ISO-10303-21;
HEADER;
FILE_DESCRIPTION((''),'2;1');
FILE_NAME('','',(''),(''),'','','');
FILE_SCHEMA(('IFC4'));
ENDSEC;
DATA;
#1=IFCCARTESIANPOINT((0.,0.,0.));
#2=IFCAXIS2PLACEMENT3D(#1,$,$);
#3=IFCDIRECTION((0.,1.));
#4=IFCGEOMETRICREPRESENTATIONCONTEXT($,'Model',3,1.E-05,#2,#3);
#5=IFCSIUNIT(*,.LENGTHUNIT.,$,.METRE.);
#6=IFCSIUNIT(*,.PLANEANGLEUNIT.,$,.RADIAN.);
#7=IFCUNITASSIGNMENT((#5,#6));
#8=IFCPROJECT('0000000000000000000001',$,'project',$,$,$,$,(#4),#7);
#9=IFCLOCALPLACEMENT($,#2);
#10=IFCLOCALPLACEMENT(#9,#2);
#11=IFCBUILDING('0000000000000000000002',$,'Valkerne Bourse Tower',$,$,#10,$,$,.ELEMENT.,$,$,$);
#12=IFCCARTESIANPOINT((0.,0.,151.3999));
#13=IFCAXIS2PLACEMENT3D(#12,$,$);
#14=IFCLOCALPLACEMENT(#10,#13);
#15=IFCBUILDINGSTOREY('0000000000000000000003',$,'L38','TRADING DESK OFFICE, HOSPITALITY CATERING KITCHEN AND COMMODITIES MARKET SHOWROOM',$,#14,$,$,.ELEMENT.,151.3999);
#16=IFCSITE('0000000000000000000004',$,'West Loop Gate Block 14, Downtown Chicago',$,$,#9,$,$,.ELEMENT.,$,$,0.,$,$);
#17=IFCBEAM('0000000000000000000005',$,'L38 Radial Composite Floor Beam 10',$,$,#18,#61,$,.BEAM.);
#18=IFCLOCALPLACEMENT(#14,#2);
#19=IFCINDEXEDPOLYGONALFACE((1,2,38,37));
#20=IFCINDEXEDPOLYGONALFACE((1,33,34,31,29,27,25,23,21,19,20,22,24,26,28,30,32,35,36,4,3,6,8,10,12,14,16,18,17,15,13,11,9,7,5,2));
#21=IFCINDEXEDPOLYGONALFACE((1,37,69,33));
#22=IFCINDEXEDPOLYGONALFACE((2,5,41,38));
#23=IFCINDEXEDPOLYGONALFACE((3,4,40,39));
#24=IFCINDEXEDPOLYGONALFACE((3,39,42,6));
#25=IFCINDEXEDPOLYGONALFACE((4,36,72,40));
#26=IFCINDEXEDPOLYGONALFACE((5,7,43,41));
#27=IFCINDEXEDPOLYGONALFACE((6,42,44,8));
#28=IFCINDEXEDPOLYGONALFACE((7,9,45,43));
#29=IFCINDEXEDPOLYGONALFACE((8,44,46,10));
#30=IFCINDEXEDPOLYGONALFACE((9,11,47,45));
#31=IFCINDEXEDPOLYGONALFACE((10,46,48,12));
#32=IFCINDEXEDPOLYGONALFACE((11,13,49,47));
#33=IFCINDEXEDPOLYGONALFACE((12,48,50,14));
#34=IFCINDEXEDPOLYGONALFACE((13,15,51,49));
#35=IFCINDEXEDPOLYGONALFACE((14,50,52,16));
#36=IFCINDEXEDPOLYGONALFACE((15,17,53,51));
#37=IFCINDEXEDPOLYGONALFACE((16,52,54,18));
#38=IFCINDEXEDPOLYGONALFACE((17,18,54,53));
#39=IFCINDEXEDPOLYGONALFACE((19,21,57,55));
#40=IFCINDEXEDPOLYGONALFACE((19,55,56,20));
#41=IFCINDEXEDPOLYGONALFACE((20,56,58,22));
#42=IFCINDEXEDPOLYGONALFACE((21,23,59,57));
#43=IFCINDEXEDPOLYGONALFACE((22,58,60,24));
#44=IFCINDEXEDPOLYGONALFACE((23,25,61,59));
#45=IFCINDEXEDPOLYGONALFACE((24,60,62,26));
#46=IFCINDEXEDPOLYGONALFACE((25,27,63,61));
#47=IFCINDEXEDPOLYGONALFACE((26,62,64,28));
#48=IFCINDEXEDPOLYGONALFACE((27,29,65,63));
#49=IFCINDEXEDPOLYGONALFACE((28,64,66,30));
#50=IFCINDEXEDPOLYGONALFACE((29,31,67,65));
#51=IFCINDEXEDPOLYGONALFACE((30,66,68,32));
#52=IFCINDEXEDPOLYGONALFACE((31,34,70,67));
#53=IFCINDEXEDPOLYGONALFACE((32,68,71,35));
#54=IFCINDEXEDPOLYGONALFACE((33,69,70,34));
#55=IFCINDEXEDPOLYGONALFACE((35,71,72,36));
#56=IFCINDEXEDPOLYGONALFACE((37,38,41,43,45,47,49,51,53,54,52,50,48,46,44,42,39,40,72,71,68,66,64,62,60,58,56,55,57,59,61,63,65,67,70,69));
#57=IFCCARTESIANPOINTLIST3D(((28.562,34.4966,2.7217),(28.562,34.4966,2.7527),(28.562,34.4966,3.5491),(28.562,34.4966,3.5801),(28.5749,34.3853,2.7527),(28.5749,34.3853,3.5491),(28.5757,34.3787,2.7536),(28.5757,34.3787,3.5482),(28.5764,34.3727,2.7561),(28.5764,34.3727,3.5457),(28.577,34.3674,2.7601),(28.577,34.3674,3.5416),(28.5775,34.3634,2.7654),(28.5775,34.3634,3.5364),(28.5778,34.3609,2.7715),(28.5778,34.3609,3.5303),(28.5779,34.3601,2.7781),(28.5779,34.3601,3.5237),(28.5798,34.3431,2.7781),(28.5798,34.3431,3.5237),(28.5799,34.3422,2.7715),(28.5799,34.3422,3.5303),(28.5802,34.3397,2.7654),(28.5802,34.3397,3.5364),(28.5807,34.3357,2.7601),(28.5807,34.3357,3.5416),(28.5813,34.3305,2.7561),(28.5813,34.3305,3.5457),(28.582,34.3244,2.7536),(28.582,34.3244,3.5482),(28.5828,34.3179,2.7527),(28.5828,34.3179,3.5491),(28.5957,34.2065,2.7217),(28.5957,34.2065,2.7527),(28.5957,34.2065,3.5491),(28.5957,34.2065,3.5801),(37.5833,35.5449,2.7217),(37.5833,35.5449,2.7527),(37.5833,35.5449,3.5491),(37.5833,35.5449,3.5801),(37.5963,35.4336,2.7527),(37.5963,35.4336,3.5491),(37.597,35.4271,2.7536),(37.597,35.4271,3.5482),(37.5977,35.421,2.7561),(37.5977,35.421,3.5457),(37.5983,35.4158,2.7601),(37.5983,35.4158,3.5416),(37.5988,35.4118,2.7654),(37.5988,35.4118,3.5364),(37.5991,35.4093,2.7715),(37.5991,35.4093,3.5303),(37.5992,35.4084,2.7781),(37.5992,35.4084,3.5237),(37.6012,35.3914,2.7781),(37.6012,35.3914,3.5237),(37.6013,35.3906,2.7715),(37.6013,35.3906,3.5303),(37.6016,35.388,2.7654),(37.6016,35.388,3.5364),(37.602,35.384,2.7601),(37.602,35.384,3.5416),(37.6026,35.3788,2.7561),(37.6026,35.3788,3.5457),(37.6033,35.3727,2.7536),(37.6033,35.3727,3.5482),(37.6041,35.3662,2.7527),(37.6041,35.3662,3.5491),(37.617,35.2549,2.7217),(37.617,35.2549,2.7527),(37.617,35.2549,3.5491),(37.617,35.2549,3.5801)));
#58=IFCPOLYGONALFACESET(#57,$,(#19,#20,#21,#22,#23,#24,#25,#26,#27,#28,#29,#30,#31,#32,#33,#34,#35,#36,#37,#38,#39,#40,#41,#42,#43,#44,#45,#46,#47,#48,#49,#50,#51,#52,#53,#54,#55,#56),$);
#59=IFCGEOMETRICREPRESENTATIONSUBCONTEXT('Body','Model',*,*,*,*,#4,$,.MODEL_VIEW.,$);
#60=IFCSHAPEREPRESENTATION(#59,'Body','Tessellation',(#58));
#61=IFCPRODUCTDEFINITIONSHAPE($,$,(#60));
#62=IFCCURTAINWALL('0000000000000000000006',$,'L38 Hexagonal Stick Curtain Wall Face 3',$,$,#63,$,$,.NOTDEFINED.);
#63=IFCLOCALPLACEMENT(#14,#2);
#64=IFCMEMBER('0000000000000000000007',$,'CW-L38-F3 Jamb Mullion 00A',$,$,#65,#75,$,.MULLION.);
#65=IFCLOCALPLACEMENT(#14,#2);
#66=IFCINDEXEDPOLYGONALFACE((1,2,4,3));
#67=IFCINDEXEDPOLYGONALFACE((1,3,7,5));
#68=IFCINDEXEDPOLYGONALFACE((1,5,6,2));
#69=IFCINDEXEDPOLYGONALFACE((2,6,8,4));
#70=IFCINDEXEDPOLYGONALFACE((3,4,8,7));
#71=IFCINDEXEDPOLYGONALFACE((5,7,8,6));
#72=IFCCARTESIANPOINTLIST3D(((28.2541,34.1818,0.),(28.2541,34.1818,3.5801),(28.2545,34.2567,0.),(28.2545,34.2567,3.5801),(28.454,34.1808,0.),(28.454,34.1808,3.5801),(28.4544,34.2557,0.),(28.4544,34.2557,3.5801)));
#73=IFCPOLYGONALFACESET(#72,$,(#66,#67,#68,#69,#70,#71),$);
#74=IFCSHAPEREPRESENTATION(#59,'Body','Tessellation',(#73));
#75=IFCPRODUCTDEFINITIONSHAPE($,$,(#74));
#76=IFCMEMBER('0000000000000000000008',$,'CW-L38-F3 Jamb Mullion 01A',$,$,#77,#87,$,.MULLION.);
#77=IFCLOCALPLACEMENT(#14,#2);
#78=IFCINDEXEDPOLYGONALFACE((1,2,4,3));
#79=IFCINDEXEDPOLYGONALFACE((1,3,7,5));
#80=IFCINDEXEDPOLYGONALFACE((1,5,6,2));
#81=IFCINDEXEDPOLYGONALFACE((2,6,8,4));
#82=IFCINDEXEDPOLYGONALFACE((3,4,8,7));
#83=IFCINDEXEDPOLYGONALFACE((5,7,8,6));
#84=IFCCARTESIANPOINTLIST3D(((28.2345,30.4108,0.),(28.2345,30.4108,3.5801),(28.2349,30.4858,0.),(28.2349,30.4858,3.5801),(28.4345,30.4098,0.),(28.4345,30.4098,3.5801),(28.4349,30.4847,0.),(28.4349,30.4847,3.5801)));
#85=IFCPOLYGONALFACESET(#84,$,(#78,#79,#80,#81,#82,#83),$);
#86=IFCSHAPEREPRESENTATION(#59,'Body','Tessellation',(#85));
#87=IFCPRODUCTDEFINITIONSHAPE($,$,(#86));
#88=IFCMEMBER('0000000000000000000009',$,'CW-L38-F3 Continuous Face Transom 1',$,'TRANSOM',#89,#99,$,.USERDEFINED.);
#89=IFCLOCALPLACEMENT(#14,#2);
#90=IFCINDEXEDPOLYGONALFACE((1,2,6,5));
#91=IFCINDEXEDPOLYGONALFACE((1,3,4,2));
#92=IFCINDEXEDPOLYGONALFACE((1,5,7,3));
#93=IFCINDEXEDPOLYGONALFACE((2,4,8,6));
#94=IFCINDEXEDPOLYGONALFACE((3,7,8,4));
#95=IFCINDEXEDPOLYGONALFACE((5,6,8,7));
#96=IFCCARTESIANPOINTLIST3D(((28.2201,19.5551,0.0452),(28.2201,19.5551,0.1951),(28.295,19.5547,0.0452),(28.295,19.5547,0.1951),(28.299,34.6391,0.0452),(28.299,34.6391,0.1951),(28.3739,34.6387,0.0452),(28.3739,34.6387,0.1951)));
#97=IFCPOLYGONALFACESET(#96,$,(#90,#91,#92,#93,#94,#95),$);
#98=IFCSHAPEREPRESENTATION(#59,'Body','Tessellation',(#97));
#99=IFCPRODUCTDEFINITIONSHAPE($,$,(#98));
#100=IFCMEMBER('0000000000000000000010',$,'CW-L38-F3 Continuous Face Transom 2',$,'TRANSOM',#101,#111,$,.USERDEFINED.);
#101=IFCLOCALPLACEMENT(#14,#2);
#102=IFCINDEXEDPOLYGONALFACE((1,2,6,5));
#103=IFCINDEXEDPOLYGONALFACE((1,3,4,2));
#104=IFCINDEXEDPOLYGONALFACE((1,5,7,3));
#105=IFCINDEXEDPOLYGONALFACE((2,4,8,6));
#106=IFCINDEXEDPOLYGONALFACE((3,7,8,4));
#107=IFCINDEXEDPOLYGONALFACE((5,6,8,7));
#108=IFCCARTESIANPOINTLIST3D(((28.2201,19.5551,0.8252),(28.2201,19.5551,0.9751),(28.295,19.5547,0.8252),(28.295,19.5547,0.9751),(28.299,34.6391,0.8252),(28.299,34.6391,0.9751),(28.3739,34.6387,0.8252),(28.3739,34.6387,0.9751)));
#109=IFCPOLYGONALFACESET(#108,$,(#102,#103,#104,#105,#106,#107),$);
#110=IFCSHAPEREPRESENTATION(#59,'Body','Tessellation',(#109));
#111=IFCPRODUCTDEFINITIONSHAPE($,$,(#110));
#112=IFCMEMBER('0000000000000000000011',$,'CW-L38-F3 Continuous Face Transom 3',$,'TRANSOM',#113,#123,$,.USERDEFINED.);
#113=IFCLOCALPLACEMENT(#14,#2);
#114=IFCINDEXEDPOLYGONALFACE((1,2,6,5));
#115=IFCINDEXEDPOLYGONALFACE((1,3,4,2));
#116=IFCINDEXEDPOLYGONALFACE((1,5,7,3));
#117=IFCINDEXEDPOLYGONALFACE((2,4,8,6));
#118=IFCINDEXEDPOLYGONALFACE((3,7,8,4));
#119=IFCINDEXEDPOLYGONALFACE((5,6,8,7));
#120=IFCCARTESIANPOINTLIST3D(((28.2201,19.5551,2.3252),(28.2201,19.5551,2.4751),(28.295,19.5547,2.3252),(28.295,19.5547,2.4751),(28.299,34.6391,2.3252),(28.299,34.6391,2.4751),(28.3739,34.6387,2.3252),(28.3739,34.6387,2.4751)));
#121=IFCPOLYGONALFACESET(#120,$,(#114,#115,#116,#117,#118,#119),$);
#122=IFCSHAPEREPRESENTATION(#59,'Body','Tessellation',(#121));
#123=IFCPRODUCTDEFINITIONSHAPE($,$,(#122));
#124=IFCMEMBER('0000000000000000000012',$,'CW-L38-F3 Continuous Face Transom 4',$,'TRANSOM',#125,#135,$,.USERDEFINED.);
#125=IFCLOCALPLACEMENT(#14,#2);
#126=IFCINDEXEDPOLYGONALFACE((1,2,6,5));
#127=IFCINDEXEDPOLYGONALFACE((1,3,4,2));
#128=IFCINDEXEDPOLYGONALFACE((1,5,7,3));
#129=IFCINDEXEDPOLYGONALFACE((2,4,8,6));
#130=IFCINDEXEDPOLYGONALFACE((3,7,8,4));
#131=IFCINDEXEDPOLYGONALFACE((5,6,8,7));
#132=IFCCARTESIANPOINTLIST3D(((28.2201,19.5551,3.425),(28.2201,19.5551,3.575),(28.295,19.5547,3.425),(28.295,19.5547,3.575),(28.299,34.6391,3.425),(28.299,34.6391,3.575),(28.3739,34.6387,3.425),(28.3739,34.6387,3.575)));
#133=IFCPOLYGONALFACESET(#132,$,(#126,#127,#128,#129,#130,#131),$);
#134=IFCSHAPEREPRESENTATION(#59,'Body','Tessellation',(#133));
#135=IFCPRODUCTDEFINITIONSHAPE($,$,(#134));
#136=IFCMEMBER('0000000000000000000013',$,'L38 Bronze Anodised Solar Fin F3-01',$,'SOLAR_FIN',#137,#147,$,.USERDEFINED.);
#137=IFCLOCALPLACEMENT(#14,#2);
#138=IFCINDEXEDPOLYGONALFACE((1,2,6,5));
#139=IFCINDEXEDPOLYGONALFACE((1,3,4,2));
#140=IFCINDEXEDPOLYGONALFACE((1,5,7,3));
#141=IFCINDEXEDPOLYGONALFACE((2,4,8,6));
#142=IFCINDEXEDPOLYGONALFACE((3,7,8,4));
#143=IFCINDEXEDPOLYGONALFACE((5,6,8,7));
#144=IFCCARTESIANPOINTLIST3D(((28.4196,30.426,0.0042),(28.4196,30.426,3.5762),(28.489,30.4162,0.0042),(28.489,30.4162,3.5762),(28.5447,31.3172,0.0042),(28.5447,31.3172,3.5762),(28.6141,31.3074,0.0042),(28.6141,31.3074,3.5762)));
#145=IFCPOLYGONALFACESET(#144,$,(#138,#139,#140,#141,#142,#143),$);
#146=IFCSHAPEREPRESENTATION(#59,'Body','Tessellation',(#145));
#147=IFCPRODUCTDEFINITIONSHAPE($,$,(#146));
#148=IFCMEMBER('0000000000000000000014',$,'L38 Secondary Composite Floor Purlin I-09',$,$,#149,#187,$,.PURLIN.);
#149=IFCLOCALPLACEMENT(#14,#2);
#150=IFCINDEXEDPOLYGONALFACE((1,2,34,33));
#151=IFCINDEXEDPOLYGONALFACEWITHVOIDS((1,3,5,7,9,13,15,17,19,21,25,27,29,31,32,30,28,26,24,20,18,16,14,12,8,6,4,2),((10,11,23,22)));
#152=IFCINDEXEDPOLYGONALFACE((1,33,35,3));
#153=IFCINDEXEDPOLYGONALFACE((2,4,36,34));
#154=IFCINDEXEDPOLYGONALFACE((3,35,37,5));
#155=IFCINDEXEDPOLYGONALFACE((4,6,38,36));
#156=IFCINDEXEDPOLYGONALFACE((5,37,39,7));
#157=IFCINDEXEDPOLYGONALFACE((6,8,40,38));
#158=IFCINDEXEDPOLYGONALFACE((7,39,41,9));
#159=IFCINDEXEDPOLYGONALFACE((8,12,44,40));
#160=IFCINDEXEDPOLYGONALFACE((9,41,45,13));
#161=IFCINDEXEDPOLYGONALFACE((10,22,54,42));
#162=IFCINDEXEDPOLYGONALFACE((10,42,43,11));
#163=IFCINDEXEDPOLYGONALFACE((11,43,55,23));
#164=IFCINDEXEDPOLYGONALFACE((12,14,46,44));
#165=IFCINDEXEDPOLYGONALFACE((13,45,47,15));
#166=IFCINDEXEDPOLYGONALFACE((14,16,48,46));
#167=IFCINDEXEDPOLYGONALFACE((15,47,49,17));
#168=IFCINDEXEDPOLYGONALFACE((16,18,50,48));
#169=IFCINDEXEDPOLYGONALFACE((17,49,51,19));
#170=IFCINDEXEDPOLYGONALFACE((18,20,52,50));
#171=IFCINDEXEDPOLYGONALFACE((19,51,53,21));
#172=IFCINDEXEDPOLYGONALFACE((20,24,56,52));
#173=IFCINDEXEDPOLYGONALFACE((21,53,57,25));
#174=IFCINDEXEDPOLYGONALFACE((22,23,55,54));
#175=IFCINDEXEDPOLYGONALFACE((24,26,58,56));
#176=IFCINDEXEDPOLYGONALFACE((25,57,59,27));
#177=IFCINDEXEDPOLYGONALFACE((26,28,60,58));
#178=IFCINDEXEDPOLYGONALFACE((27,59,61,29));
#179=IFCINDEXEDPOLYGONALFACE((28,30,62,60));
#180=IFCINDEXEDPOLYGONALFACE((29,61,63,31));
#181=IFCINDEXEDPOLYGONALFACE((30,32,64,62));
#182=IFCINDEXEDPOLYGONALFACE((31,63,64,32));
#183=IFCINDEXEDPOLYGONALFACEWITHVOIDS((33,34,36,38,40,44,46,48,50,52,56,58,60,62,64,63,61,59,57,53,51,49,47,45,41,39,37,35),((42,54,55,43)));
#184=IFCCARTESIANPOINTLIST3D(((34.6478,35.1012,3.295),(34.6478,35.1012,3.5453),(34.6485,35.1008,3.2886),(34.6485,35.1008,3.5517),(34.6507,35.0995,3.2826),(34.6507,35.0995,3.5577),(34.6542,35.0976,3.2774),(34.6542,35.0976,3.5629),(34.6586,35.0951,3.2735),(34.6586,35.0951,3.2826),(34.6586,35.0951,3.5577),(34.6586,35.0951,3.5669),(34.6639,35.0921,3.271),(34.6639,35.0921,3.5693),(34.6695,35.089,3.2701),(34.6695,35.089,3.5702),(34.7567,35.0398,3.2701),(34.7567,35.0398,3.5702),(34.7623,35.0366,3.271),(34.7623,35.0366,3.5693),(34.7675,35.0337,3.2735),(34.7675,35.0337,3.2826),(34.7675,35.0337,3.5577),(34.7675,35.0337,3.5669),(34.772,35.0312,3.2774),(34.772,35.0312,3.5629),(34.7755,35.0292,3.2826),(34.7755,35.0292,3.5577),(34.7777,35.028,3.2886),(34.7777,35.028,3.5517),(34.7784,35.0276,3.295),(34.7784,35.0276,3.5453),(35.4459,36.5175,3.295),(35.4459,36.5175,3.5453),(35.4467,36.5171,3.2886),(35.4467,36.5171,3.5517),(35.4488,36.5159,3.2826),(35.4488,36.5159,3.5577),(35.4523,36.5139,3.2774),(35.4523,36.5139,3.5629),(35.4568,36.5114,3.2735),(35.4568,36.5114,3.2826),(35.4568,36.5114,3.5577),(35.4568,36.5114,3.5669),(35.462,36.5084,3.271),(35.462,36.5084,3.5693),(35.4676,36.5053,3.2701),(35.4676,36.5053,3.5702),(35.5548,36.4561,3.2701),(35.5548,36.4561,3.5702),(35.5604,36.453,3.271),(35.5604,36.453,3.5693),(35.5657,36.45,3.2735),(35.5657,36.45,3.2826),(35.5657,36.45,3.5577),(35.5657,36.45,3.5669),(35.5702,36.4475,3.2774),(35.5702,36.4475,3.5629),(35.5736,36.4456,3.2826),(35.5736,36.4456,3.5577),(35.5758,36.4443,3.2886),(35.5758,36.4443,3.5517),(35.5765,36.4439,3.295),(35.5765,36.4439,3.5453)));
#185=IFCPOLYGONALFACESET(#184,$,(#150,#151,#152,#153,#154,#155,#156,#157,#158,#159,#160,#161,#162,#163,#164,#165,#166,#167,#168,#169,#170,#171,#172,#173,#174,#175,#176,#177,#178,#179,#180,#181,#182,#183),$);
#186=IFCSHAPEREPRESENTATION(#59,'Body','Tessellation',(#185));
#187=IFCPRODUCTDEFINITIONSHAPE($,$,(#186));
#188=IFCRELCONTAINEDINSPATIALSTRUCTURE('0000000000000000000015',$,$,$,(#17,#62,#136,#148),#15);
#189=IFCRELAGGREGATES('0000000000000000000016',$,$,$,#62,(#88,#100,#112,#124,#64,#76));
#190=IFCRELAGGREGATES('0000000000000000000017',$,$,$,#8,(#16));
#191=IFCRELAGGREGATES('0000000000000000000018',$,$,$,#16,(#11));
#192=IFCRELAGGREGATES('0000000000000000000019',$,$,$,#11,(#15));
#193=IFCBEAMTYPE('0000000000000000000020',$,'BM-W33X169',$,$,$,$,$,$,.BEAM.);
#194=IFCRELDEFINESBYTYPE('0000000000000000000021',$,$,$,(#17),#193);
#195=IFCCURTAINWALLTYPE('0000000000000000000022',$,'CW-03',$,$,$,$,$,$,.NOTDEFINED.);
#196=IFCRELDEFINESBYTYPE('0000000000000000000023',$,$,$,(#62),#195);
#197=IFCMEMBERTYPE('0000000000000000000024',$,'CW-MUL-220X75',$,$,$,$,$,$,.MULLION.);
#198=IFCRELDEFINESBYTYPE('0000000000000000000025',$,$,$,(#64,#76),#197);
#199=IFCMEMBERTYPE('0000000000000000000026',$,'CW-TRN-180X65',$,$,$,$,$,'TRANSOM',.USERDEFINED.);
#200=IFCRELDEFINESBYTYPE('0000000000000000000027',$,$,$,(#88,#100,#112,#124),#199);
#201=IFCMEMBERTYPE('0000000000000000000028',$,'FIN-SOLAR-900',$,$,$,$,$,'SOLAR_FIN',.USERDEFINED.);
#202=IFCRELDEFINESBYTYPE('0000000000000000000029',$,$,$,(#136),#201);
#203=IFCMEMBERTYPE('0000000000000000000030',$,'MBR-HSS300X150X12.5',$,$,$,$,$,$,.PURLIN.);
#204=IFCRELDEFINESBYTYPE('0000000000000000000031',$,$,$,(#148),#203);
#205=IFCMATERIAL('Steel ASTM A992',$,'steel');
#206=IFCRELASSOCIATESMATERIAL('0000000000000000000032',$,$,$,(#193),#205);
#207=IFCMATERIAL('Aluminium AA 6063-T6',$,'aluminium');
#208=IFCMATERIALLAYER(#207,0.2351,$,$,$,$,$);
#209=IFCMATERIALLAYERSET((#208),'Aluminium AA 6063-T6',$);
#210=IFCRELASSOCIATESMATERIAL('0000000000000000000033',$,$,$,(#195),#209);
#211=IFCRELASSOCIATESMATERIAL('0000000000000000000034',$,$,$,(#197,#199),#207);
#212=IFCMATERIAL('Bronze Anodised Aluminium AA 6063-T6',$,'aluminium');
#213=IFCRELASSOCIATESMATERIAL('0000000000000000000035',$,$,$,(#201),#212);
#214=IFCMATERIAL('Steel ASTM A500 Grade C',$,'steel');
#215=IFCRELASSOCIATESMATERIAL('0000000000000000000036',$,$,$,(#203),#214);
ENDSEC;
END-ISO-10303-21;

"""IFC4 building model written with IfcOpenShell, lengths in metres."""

from ifc_helpers import new_model, si_unit, direction, frame, origin, origin_2d, place, context, subcontext, project, spatial, rectangle, hollow_rectangle, i_section, extrude, material, layer, layer_set, material_profile, profile_set, type_object, element, aggregate, save


model = new_model("IFC4")

# Units and contexts
model_context = context("Model", 3, precision=1e-05, world=origin(), true_north=direction((0.0, 1.0)))
body_context = subcontext(model_context, "Body", "Model", "MODEL_VIEW")
ifc_project = project(units=[si_unit("LENGTHUNIT", "METRE"), si_unit("PLANEANGLEUNIT", "RADIAN")], contexts=[model_context])

# Site, building, storey
site_placement = place(None, origin())
site = spatial("IfcSite", under=ifc_project, at=site_placement, Name="West Loop Gate Block 14, Downtown Chicago", CompositionType="ELEMENT", RefElevation=0.0)
building_placement = place(site_placement, origin())
building = spatial("IfcBuilding", under=site, at=building_placement, Name="Valkerne Bourse Tower", CompositionType="ELEMENT")
storey_placement = place(building_placement, frame((0.0, 0.0, 151.3999)))
storey = spatial("IfcBuildingStorey", under=building, at=storey_placement, Name="L38", Description="TRADING DESK OFFICE, HOSPITALITY CATERING KITCHEN AND COMMODITIES MARKET SHOWROOM", CompositionType="ELEMENT", Elevation=151.3999)

# Beam
ifc_material_1 = material(Name="Steel ASTM A992", Category="steel")
ifc_material_profile_1 = material_profile(ifc_material_1, i_section(OverallWidth=0.292, OverallDepth=0.8584, WebThickness=0.0171, FlangeThickness=0.031, FilletRadius=0.0254, at=origin_2d()), Name="W33X169")
ifc_profile_set_1 = profile_set([ifc_material_profile_1], Name="Steel ASTM A992")
beam_type_1 = type_object("IfcBeamType", Name="BM-W33X169", PredefinedType="BEAM", material=ifc_profile_set_1)
beam_placement = place(storey_placement, frame((28.5789, 34.3516, 3.1509), z_axis=(0.993315, 0.115431, 0.0), x_axis=(-0.115431, 0.993315, 0.0)))
element("IfcBeam", 1, at=beam_placement, inside=storey, type_object=beam_type_1, Name="L38 Radial Composite Floor Beam 10", PredefinedType="BEAM", context=body_context, shape_type="SweptSolid", body=[
    extrude(i_section(OverallWidth=0.292, OverallDepth=0.8584, WebThickness=0.0171, FlangeThickness=0.031, FilletRadius=0.0254, at=origin_2d()), origin(), (0.0, 0.0, 1.0), 9.082),
])

# Curtain wall, members
ifc_material_2 = material(Name="Aluminium AA 6063-T6", Category="aluminium")
ifc_layer_1 = layer(ifc_material_2, 0.2351)
ifc_layer_set_1 = layer_set([ifc_layer_1], Name="Aluminium AA 6063-T6")
curtain_wall_type = type_object("IfcCurtainWallType", Name="CW-03", PredefinedType="NOTDEFINED", material=ifc_layer_set_1)
curtain_wall_placement = place(storey_placement, origin())
curtain_wall = element("IfcCurtainWall", 2, at=curtain_wall_placement, inside=storey, type_object=curtain_wall_type, Name="L38 Hexagonal Stick Curtain Wall Face 3", PredefinedType="NOTDEFINED")
ifc_material_profile_2 = material_profile(ifc_material_2, rectangle(XDim=0.075, YDim=0.2, at=origin_2d()), Name="CWM-75X200")
ifc_profile_set_2 = profile_set([ifc_material_profile_2], Name="Aluminium AA 6063-T6")
member_type_1 = type_object("IfcMemberType", Name="CW-MUL-220X75", PredefinedType="MULLION", material=ifc_profile_set_2)
member_1_placement = place(storey_placement, frame((28.3542, 34.2188, 0.0), z_axis=(0.0, 0.0, 1.0), x_axis=(-0.005224, -0.999986, 0.0)))
member_1 = element("IfcMember", 3, at=member_1_placement, type_object=member_type_1, Name="CW-L38-F3 Jamb Mullion 00A", PredefinedType="MULLION", context=body_context, shape_type="SweptSolid", body=[
    extrude(rectangle(XDim=0.075, YDim=0.2, at=origin_2d()), origin(), (0.0, 0.0, 1.0), 3.5801),
])
member_2_placement = place(storey_placement, frame((28.3347, 30.4478, 0.0), z_axis=(0.0, 0.0, 1.0), x_axis=(-0.005251, -0.999986, 0.0)))
member_2 = element("IfcMember", 4, at=member_2_placement, type_object=member_type_1, Name="CW-L38-F3 Jamb Mullion 01A", PredefinedType="MULLION", context=body_context, shape_type="SweptSolid", body=[
    extrude(rectangle(XDim=0.075, YDim=0.2, at=origin_2d()), origin(), (0.0, 0.0, 1.0), 3.5801),
])
ifc_material_profile_3 = material_profile(ifc_material_2, rectangle(XDim=0.075, YDim=0.1499, at=origin_2d()), Name="CWT-75X150")
ifc_profile_set_3 = profile_set([ifc_material_profile_3], Name="Aluminium AA 6063-T6")
member_type_2 = type_object("IfcMemberType", Name="CW-TRN-180X65", ElementType="TRANSOM", PredefinedType="USERDEFINED", material=ifc_profile_set_3)
member_3_placement = place(storey_placement, frame((28.3364, 34.6389, 0.1201), z_axis=(-0.005228, -0.999986, 0.0), x_axis=(0.999986, -0.005228, 0.0)))
member_3 = element("IfcMember", 5, at=member_3_placement, type_object=member_type_2, Name="CW-L38-F3 Continuous Face Transom 1", ObjectType="TRANSOM", PredefinedType="USERDEFINED", context=body_context, shape_type="SweptSolid", body=[
    extrude(rectangle(XDim=0.075, YDim=0.1499, at=origin_2d()), origin(), (0.0, 0.0, 1.0), 15.0842),
])
member_4_placement = place(storey_placement, frame((28.3364, 34.6389, 0.9001), z_axis=(-0.005228, -0.999986, 0.0), x_axis=(0.999986, -0.005228, 0.0)))
member_4 = element("IfcMember", 6, at=member_4_placement, type_object=member_type_2, Name="CW-L38-F3 Continuous Face Transom 2", ObjectType="TRANSOM", PredefinedType="USERDEFINED", context=body_context, shape_type="SweptSolid", body=[
    extrude(rectangle(XDim=0.075, YDim=0.1499, at=origin_2d()), origin(), (0.0, 0.0, 1.0), 15.0842),
])
member_5_placement = place(storey_placement, frame((28.3364, 34.6389, 2.4001), z_axis=(-0.005228, -0.999986, 0.0), x_axis=(0.999986, -0.005228, 0.0)))
member_5 = element("IfcMember", 7, at=member_5_placement, type_object=member_type_2, Name="CW-L38-F3 Continuous Face Transom 3", ObjectType="TRANSOM", PredefinedType="USERDEFINED", context=body_context, shape_type="SweptSolid", body=[
    extrude(rectangle(XDim=0.075, YDim=0.1499, at=origin_2d()), origin(), (0.0, 0.0, 1.0), 15.0842),
])
member_6_placement = place(storey_placement, frame((28.3364, 34.6389, 3.5), z_axis=(-0.005228, -0.999986, 0.0), x_axis=(0.999986, -0.005228, 0.0)))
member_6 = element("IfcMember", 8, at=member_6_placement, type_object=member_type_2, Name="CW-L38-F3 Continuous Face Transom 4", ObjectType="TRANSOM", PredefinedType="USERDEFINED", context=body_context, shape_type="SweptSolid", body=[
    extrude(rectangle(XDim=0.075, YDim=0.1499, at=origin_2d()), origin(), (0.0, 0.0, 1.0), 15.0842),
])

# Members
ifc_material_3 = material(Name="Bronze Anodised Aluminium AA 6063-T6", Category="aluminium")
ifc_material_profile_4 = material_profile(ifc_material_3, rectangle(XDim=0.0701, YDim=0.8999, at=origin_2d()), Name="FIN-70X900")
ifc_profile_set_4 = profile_set([ifc_material_profile_4], Name="Bronze Anodised Aluminium AA 6063-T6")
member_type_3 = type_object("IfcMemberType", Name="FIN-SOLAR-900", ElementType="SOLAR_FIN", PredefinedType="USERDEFINED", material=ifc_profile_set_4)
member_7_placement = place(storey_placement, frame((28.5168, 30.8667, 0.0042), z_axis=(0.0, 0.0, 1.0), x_axis=(-0.990299, 0.138954, 0.0)))
element("IfcMember", 9, at=member_7_placement, inside=storey, type_object=member_type_3, Name="L38 Bronze Anodised Solar Fin F3-01", ObjectType="SOLAR_FIN", PredefinedType="USERDEFINED", context=body_context, shape_type="SweptSolid", body=[
    extrude(rectangle(XDim=0.0701, YDim=0.8999, at=origin_2d()), origin(), (0.0, 0.0, 1.0), 3.572),
])
ifc_material_4 = material(Name="Steel ASTM A500 Grade C", Category="steel")
ifc_material_profile_5 = material_profile(ifc_material_4, hollow_rectangle(XDim=0.1499, YDim=0.3, WallThickness=0.0125, OuterFilletRadius=0.0249, at=origin_2d()), Name="HSS300X150X12.5")
ifc_profile_set_5 = profile_set([ifc_material_profile_5], Name="Steel ASTM A500 Grade C")
member_type_4 = type_object("IfcMemberType", Name="MBR-HSS300X150X12.5", PredefinedType="PURLIN", material=ifc_profile_set_5)
member_8_placement = place(storey_placement, frame((35.5112, 36.4807, 3.4202), z_axis=(-0.490938, -0.871194, 0.0), x_axis=(0.871194, -0.490938, 0.0)))
element("IfcMember", 10, at=member_8_placement, inside=storey, type_object=member_type_4, Name="L38 Secondary Composite Floor Purlin I-09", PredefinedType="PURLIN", context=body_context, shape_type="SweptSolid", body=[
    extrude(hollow_rectangle(XDim=0.1499, YDim=0.3, WallThickness=0.0125, OuterFilletRadius=0.0249, at=origin_2d()), origin(), (0.0, 0.0, 1.0), 1.6257),
])

aggregate(curtain_wall, [member_3, member_4, member_5, member_6, member_1, member_2])

save(model, "model.ifc")
